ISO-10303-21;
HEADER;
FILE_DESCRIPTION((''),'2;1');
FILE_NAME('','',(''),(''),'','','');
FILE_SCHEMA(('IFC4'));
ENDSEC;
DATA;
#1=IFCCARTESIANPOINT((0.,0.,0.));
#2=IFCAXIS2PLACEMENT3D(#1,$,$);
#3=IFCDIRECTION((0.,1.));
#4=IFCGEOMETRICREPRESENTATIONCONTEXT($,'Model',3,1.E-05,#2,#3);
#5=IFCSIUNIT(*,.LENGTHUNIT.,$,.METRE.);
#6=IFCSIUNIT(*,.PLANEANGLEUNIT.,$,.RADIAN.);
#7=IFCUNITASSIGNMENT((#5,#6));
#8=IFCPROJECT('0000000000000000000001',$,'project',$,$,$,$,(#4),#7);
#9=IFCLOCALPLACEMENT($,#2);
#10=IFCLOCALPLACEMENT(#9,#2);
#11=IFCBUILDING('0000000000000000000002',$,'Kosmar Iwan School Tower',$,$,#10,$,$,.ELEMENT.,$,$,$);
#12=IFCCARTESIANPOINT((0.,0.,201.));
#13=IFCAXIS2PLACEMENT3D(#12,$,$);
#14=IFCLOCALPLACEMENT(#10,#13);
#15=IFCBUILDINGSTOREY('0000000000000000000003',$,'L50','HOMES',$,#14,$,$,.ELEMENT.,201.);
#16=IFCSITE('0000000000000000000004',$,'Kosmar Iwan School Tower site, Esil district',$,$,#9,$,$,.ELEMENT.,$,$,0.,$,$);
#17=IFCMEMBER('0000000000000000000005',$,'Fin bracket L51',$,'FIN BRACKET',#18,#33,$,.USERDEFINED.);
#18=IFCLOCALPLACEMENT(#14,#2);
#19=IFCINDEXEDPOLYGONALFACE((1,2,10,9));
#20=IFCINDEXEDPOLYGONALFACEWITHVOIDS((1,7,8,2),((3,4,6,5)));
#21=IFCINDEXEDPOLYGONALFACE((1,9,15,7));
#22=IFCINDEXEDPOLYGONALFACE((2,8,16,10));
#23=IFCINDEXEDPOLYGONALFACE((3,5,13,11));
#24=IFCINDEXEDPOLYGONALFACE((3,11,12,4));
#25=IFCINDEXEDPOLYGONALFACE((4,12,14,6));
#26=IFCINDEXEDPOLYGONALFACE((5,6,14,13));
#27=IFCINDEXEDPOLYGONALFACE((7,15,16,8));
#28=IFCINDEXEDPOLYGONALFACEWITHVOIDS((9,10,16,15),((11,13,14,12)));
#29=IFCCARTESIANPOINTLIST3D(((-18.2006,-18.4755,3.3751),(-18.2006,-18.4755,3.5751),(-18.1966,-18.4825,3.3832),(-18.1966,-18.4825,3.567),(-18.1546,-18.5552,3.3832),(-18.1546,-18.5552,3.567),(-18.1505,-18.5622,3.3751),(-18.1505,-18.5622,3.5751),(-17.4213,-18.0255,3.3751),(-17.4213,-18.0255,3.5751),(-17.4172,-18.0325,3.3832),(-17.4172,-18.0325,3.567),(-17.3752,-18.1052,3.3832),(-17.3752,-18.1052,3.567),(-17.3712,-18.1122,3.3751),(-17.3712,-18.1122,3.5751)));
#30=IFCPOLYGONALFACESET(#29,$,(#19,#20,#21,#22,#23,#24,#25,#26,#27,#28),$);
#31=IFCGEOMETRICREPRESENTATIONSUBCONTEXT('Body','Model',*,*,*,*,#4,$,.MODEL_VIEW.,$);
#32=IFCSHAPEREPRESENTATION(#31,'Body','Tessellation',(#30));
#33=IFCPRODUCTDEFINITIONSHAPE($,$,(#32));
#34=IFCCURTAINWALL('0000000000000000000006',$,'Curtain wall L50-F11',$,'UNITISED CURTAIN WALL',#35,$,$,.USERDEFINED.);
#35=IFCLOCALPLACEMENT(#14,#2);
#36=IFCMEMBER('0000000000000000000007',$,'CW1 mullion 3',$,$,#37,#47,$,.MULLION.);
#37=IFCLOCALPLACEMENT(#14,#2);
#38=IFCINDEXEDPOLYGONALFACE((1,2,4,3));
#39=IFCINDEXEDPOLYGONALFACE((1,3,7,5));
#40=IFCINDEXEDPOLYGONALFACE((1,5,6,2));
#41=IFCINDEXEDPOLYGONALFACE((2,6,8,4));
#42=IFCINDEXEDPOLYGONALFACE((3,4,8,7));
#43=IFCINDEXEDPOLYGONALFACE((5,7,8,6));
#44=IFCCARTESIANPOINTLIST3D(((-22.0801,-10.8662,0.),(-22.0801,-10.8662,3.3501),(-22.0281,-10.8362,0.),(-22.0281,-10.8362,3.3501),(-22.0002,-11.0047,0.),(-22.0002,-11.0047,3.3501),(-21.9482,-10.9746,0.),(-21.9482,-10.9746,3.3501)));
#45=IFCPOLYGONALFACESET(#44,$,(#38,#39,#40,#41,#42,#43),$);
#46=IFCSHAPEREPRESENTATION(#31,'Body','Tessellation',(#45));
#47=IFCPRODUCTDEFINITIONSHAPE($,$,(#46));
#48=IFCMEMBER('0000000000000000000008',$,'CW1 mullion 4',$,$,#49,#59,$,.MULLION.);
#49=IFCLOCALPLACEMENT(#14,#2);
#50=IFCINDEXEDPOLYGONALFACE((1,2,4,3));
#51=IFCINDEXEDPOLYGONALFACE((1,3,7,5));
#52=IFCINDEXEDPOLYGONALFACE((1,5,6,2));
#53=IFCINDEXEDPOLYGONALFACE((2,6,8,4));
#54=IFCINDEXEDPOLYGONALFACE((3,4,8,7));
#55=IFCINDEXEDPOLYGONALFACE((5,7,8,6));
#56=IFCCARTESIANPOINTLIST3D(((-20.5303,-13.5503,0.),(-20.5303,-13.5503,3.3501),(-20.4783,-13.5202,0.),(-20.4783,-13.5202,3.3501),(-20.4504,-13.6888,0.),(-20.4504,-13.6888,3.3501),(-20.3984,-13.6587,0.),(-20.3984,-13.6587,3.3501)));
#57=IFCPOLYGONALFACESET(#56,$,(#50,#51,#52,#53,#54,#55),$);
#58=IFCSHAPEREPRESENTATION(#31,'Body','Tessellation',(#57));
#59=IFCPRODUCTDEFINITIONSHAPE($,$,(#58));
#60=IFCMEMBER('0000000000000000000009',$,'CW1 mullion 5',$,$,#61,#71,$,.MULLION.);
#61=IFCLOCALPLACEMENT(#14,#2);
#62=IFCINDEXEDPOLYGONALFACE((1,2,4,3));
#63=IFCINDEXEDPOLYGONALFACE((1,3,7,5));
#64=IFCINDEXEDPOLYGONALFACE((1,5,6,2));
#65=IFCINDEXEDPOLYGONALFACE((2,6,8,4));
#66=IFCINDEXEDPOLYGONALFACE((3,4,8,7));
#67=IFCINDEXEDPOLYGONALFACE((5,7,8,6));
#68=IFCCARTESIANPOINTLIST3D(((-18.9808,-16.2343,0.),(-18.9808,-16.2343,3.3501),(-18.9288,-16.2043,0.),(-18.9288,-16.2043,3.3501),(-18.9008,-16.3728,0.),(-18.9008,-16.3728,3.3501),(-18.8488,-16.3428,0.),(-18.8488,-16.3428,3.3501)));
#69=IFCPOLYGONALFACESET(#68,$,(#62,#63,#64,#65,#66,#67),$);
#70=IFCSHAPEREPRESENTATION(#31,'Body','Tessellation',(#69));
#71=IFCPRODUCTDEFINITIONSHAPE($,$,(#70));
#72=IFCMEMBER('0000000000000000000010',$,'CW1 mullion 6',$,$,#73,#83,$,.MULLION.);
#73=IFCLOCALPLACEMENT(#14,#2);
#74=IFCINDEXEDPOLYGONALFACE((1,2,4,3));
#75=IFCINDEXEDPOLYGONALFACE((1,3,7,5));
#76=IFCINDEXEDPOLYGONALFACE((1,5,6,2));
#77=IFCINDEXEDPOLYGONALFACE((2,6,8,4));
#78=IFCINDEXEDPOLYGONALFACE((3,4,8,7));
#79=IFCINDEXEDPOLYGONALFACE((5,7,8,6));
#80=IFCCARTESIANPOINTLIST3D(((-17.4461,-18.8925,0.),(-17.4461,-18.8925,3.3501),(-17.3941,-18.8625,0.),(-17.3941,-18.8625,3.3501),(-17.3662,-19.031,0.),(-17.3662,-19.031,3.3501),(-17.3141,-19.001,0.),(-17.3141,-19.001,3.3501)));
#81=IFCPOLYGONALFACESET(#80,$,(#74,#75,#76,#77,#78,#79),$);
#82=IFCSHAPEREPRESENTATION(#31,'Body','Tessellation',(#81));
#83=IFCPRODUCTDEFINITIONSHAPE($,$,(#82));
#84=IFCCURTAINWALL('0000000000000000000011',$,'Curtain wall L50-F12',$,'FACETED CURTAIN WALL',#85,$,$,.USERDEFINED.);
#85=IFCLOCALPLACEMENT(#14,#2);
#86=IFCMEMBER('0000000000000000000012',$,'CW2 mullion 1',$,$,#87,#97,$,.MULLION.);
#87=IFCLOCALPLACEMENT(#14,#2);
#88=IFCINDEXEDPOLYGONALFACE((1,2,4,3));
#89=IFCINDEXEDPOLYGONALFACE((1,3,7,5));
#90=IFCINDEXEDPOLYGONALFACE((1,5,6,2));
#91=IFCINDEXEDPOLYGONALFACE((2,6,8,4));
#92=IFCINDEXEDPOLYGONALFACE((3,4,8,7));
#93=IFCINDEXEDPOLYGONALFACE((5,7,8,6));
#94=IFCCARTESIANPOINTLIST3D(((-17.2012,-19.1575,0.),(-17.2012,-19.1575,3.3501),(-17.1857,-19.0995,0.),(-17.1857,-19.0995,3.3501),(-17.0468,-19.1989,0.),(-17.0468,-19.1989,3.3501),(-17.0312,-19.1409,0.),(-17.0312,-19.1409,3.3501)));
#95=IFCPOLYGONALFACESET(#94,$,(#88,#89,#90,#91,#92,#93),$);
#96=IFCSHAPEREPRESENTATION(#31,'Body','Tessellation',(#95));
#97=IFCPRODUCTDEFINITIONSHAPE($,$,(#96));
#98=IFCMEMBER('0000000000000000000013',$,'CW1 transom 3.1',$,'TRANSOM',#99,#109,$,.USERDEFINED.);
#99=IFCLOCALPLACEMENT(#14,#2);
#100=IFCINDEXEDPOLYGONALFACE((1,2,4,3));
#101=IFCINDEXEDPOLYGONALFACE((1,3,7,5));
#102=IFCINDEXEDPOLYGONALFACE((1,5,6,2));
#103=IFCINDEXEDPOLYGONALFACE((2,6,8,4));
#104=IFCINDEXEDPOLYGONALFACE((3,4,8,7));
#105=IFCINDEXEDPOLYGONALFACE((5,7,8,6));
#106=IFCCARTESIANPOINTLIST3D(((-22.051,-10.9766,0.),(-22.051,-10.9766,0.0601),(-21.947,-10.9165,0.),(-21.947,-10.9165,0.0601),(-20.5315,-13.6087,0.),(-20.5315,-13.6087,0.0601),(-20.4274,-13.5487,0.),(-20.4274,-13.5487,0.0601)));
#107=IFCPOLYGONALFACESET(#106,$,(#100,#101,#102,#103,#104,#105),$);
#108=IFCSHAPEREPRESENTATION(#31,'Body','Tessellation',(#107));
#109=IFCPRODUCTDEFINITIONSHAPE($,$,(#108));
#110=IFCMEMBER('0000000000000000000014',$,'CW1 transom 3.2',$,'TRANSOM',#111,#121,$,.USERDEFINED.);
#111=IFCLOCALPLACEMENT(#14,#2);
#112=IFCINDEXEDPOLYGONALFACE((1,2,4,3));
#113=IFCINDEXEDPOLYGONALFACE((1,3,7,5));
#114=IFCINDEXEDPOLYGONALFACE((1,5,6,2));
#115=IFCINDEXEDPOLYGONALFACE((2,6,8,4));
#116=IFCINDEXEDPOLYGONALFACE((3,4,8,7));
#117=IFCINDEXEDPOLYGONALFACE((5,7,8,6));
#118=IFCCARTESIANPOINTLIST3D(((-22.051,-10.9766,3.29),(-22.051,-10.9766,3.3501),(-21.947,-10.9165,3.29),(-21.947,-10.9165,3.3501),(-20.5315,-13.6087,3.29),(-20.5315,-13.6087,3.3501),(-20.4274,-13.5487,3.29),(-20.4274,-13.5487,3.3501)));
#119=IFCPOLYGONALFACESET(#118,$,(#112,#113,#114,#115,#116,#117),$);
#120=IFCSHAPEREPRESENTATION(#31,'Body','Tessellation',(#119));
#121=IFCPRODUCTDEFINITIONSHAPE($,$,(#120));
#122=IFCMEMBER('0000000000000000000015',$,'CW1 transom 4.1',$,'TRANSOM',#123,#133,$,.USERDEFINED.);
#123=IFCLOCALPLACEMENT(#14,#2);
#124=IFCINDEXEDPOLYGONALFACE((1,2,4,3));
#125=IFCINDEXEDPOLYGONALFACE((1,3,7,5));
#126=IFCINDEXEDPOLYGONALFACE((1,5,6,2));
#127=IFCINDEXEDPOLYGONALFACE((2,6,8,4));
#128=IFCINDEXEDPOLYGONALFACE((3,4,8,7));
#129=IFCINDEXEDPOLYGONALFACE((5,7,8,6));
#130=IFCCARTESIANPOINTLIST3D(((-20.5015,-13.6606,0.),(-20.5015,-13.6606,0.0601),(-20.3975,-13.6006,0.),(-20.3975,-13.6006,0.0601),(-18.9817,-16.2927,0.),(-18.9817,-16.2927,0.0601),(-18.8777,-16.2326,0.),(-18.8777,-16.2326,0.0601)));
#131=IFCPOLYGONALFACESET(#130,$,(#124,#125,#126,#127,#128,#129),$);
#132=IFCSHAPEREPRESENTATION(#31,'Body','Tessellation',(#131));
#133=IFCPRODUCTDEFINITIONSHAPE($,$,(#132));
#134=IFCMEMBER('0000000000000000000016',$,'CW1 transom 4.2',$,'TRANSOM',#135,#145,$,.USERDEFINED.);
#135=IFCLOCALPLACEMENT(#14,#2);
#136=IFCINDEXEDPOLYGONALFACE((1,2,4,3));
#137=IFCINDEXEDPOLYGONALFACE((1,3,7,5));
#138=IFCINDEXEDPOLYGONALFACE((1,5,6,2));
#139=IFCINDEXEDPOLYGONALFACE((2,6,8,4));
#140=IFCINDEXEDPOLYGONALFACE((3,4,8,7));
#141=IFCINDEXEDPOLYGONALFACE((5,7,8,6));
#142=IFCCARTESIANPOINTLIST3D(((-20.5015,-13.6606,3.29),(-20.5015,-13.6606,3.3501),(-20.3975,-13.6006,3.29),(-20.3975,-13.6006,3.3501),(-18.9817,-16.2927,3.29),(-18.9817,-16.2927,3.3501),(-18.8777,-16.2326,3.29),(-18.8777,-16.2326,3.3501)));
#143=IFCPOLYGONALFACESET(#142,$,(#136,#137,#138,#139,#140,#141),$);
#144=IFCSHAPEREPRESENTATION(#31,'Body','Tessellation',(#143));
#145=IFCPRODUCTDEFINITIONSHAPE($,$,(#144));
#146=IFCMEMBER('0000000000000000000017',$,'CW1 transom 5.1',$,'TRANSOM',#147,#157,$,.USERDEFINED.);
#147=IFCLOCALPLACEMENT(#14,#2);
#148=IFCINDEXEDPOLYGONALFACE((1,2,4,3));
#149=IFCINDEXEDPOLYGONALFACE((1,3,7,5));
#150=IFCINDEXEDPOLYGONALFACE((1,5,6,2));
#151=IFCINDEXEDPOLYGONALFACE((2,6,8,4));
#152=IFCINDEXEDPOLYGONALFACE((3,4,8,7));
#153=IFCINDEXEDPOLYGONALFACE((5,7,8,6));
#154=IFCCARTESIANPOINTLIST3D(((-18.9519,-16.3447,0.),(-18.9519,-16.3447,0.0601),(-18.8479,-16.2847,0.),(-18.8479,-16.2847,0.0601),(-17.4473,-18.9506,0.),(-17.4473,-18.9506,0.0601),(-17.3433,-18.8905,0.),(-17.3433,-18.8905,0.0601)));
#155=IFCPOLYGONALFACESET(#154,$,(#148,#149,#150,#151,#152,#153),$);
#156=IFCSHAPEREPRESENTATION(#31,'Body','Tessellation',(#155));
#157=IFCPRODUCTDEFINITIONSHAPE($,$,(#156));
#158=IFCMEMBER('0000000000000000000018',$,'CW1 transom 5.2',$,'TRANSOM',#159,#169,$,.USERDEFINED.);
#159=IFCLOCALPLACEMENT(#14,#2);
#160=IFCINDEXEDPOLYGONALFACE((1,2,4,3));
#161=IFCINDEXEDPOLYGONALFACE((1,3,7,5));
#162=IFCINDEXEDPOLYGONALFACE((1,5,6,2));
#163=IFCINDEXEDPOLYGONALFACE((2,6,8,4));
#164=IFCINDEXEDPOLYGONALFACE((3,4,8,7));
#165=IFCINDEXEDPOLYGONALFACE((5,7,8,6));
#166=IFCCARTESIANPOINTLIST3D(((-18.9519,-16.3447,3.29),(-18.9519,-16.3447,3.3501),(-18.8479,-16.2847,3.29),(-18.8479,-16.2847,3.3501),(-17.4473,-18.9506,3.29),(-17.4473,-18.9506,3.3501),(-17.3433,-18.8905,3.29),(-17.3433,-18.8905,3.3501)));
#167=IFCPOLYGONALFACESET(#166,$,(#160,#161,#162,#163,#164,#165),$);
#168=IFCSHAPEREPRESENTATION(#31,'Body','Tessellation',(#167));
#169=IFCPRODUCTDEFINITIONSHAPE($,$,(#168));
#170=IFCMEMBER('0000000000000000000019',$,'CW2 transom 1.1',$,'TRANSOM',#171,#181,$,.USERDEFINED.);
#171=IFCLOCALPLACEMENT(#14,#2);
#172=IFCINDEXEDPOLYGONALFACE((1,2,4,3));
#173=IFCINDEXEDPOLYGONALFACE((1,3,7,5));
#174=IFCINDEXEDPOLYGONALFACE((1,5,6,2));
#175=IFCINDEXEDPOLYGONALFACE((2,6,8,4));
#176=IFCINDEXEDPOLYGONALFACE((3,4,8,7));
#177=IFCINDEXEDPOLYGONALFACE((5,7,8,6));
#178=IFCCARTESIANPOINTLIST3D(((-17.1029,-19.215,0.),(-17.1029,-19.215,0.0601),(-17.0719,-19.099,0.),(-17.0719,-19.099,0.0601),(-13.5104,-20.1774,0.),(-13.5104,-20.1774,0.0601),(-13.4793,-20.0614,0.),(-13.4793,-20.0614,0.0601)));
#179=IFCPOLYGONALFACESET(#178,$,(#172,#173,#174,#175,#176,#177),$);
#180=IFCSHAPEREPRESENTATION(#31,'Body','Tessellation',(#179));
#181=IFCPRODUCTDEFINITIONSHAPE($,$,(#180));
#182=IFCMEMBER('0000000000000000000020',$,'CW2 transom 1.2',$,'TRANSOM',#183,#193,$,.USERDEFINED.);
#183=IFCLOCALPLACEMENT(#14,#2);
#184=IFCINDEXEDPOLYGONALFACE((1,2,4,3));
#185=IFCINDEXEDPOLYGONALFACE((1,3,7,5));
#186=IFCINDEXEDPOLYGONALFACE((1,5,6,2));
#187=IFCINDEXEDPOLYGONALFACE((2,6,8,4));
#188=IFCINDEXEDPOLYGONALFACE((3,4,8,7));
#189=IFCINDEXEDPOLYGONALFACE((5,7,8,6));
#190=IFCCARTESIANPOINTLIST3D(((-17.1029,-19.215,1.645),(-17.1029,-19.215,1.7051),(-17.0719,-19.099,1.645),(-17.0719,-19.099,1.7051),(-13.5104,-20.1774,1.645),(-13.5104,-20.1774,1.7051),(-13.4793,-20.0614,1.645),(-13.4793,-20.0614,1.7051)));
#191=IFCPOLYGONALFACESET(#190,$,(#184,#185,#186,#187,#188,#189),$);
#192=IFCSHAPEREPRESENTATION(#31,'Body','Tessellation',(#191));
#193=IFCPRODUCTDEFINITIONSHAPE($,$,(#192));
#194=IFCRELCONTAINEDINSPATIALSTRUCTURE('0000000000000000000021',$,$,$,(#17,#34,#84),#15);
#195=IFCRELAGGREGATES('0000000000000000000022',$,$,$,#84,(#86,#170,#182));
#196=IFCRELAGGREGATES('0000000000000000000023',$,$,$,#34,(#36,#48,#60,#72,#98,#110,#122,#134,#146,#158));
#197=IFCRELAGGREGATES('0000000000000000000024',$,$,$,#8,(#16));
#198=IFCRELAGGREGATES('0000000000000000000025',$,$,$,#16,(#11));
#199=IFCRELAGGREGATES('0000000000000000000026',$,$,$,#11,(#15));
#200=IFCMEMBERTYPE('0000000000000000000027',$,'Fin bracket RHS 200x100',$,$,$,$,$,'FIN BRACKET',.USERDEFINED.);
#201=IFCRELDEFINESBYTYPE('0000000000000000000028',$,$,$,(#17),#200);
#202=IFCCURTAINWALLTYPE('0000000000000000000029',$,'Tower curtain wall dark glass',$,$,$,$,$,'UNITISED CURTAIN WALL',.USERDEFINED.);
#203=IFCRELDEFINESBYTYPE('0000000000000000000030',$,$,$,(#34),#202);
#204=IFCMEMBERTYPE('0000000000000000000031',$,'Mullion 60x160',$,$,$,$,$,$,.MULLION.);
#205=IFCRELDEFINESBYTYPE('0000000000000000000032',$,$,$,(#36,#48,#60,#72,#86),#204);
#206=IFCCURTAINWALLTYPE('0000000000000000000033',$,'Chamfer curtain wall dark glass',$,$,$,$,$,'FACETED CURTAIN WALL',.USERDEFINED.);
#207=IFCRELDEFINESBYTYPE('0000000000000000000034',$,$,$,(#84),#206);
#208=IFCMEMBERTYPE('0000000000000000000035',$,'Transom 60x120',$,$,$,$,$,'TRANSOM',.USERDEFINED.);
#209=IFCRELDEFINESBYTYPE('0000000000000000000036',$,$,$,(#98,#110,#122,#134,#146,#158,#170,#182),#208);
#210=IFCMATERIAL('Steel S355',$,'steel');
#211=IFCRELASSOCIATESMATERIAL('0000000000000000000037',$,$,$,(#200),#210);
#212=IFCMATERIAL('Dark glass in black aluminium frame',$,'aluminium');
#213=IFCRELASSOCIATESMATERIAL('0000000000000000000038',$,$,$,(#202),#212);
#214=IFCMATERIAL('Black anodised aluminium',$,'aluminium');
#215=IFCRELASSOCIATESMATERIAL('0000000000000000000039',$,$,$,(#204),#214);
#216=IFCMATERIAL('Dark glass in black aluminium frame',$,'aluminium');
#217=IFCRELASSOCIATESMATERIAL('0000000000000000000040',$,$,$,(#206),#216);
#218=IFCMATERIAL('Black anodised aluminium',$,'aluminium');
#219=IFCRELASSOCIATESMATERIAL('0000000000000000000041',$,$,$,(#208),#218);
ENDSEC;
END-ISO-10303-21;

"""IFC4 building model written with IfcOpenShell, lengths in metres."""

from ifc_helpers import new_model, si_unit, direction, frame, origin, origin_2d, place, context, subcontext, project, spatial, rectangle, hollow_rectangle, extrude, material, material_profile, profile_set, type_object, element, aggregate, save


model = new_model("IFC4")

# Units and contexts
model_context = context("Model", 3, precision=1e-05, world=origin(), true_north=direction((0.0, 1.0)))
body_context = subcontext(model_context, "Body", "Model", "MODEL_VIEW")
ifc_project = project(units=[si_unit("LENGTHUNIT", "METRE"), si_unit("PLANEANGLEUNIT", "RADIAN")], contexts=[model_context])

# Site, building, storey
site_placement = place(None, origin())
site = spatial("IfcSite", under=ifc_project, at=site_placement, Name="Kosmar Iwan School Tower site, Esil district", CompositionType="ELEMENT", RefElevation=0.0)
building_placement = place(site_placement, origin())
building = spatial("IfcBuilding", under=site, at=building_placement, Name="Kosmar Iwan School Tower", CompositionType="ELEMENT")
storey_placement = place(building_placement, frame((0.0, 0.0, 201.0)))
storey = spatial("IfcBuildingStorey", under=building, at=storey_placement, Name="L50", Description="HOMES", CompositionType="ELEMENT", Elevation=201.0)

# Member
ifc_material_1 = material(Name="Steel S355", Category="steel")
ifc_material_profile_1 = material_profile(ifc_material_1, hollow_rectangle(XDim=0.1001, YDim=0.2, WallThickness=0.0081, at=origin_2d()), Name="RHS 200x100x8")
ifc_profile_set_1 = profile_set([ifc_material_profile_1], Name="Steel S355")
member_type_1 = type_object("IfcMemberType", Name="Fin bracket RHS 200x100", ElementType="FIN BRACKET", PredefinedType="USERDEFINED", material=ifc_profile_set_1)
member_1_placement = place(storey_placement, frame((-17.3962, -18.0688, 3.4751), z_axis=(-0.866014, -0.50002, 0.0), x_axis=(0.50002, -0.866014, 0.0)))
element("IfcMember", 1, at=member_1_placement, inside=storey, type_object=member_type_1, Name="Fin bracket L51", ObjectType="FIN BRACKET", PredefinedType="USERDEFINED", context=body_context, shape_type="SweptSolid", body=[
    extrude(hollow_rectangle(XDim=0.1001, YDim=0.2, WallThickness=0.0081, at=origin_2d()), origin(), (0.0, 0.0, 1.0), 0.8999),
])

# Curtain wall, members
ifc_material_2 = material(Name="Dark glass in black aluminium frame", Category="aluminium")
curtain_wall_type_1 = type_object("IfcCurtainWallType", Name="Tower curtain wall dark glass", ElementType="UNITISED CURTAIN WALL", PredefinedType="USERDEFINED", material=ifc_material_2)
curtain_wall_1_placement = place(storey_placement, origin())
curtain_wall_1 = element("IfcCurtainWall", 2, at=curtain_wall_1_placement, inside=storey, type_object=curtain_wall_type_1, Name="Curtain wall L50-F11", ObjectType="UNITISED CURTAIN WALL", PredefinedType="USERDEFINED")
ifc_material_3 = material(Name="Black anodised aluminium", Category="aluminium")
ifc_material_profile_2 = material_profile(ifc_material_3, rectangle(XDim=0.0601, YDim=0.1599, at=origin_2d()), Name="MULLION 60x160")
ifc_profile_set_2 = profile_set([ifc_material_profile_2], Name="Black anodised aluminium")
member_type_2 = type_object("IfcMemberType", Name="Mullion 60x160", PredefinedType="MULLION", material=ifc_profile_set_2)
member_2_placement = place(storey_placement, frame((-22.0142, -10.9204, 0.0), z_axis=(0.0, 0.0, 1.0), x_axis=(0.866025, 0.5, 0.0)))
member_2 = element("IfcMember", 3, at=member_2_placement, type_object=member_type_2, Name="CW1 mullion 3", PredefinedType="MULLION", context=body_context, shape_type="SweptSolid", body=[
    extrude(rectangle(XDim=0.0601, YDim=0.1599, at=origin_2d()), origin(), (0.0, 0.0, 1.0), 3.3501),
])
member_3_placement = place(storey_placement, frame((-20.4644, -13.6045, 0.0), z_axis=(0.0, 0.0, 1.0), x_axis=(0.866025, 0.5, 0.0)))
member_3 = element("IfcMember", 4, at=member_3_placement, type_object=member_type_2, Name="CW1 mullion 4", PredefinedType="MULLION", context=body_context, shape_type="SweptSolid", body=[
    extrude(rectangle(XDim=0.0601, YDim=0.1599, at=origin_2d()), origin(), (0.0, 0.0, 1.0), 3.3501),
])
member_4_placement = place(storey_placement, frame((-18.9148, -16.2886, 0.0), z_axis=(0.0, 0.0, 1.0), x_axis=(0.866025, 0.5, 0.0)))
member_4 = element("IfcMember", 5, at=member_4_placement, type_object=member_type_2, Name="CW1 mullion 5", PredefinedType="MULLION", context=body_context, shape_type="SweptSolid", body=[
    extrude(rectangle(XDim=0.0601, YDim=0.1599, at=origin_2d()), origin(), (0.0, 0.0, 1.0), 3.3501),
])
member_5_placement = place(storey_placement, frame((-17.3801, -18.9468, 0.0), z_axis=(0.0, 0.0, 1.0), x_axis=(0.866025, 0.5, 0.0)))
member_5 = element("IfcMember", 6, at=member_5_placement, type_object=member_type_2, Name="CW1 mullion 6", PredefinedType="MULLION", context=body_context, shape_type="SweptSolid", body=[
    extrude(rectangle(XDim=0.0601, YDim=0.1599, at=origin_2d()), origin(), (0.0, 0.0, 1.0), 3.3501),
])

# Curtain wall, member
ifc_material_4 = material(Name="Dark glass in black aluminium frame", Category="aluminium")
curtain_wall_type_2 = type_object("IfcCurtainWallType", Name="Chamfer curtain wall dark glass", ElementType="FACETED CURTAIN WALL", PredefinedType="USERDEFINED", material=ifc_material_4)
curtain_wall_2_placement = place(storey_placement, origin())
curtain_wall_2 = element("IfcCurtainWall", 7, at=curtain_wall_2_placement, inside=storey, type_object=curtain_wall_type_2, Name="Curtain wall L50-F12", ObjectType="FACETED CURTAIN WALL", PredefinedType="USERDEFINED")
member_6_placement = place(storey_placement, frame((-17.1162, -19.1492, 0.0), z_axis=(0.0, 0.0, 1.0), x_axis=(0.258819, 0.965926, 0.0)))
member_6 = element("IfcMember", 8, at=member_6_placement, type_object=member_type_2, Name="CW2 mullion 1", PredefinedType="MULLION", context=body_context, shape_type="SweptSolid", body=[
    extrude(rectangle(XDim=0.0601, YDim=0.1599, at=origin_2d()), origin(), (0.0, 0.0, 1.0), 3.3501),
])

# Members
ifc_material_5 = material(Name="Black anodised aluminium", Category="aluminium")
ifc_material_profile_3 = material_profile(ifc_material_5, rectangle(XDim=0.1201, YDim=0.0601, at=origin_2d()), Name="TRANSOM 60x120")
ifc_profile_set_3 = profile_set([ifc_material_profile_3], Name="Black anodised aluminium")
member_type_3 = type_object("IfcMemberType", Name="Transom 60x120", ElementType="TRANSOM", PredefinedType="USERDEFINED", material=ifc_profile_set_3)
member_7_placement = place(storey_placement, frame((-21.999, -10.9465, 0.03), z_axis=(0.499975, -0.86604, 0.0), x_axis=(0.86604, 0.499975, 0.0)))
member_7 = element("IfcMember", 9, at=member_7_placement, type_object=member_type_3, Name="CW1 transom 3.1", ObjectType="TRANSOM", PredefinedType="USERDEFINED", context=body_context, shape_type="SweptSolid", body=[
    extrude(rectangle(XDim=0.1201, YDim=0.0601, at=origin_2d()), origin(), (0.0, 0.0, 1.0), 3.0393),
])
member_8_placement = place(storey_placement, frame((-21.999, -10.9465, 3.3201), z_axis=(0.499975, -0.86604, 0.0), x_axis=(0.86604, 0.499975, 0.0)))
member_8 = element("IfcMember", 10, at=member_8_placement, type_object=member_type_3, Name="CW1 transom 3.2", ObjectType="TRANSOM", PredefinedType="USERDEFINED", context=body_context, shape_type="SweptSolid", body=[
    extrude(rectangle(XDim=0.1201, YDim=0.0601, at=origin_2d()), origin(), (0.0, 0.0, 1.0), 3.0393),
])
member_9_placement = place(storey_placement, frame((-20.4495, -13.6306, 0.03), z_axis=(0.500035, -0.866005, 0.0), x_axis=(0.866005, 0.500035, 0.0)))
member_9 = element("IfcMember", 11, at=member_9_placement, type_object=member_type_3, Name="CW1 transom 4.1", ObjectType="TRANSOM", PredefinedType="USERDEFINED", context=body_context, shape_type="SweptSolid", body=[
    extrude(rectangle(XDim=0.1201, YDim=0.0601, at=origin_2d()), origin(), (0.0, 0.0, 1.0), 3.0393),
])
member_10_placement = place(storey_placement, frame((-20.4495, -13.6306, 3.3201), z_axis=(0.500035, -0.866005, 0.0), x_axis=(0.866005, 0.500035, 0.0)))
member_10 = element("IfcMember", 12, at=member_10_placement, type_object=member_type_3, Name="CW1 transom 4.2", ObjectType="TRANSOM", PredefinedType="USERDEFINED", context=body_context, shape_type="SweptSolid", body=[
    extrude(rectangle(XDim=0.1201, YDim=0.0601, at=origin_2d()), origin(), (0.0, 0.0, 1.0), 3.0393),
])
member_11_placement = place(storey_placement, frame((-18.8999, -16.3147, 0.03), z_axis=(0.500022, -0.866013, 0.0), x_axis=(0.866013, 0.500022, 0.0)))
member_11 = element("IfcMember", 13, at=member_11_placement, type_object=member_type_3, Name="CW1 transom 5.1", ObjectType="TRANSOM", PredefinedType="USERDEFINED", context=body_context, shape_type="SweptSolid", body=[
    extrude(rectangle(XDim=0.1201, YDim=0.0601, at=origin_2d()), origin(), (0.0, 0.0, 1.0), 3.009),
])
member_12_placement = place(storey_placement, frame((-18.8999, -16.3147, 3.3201), z_axis=(0.500022, -0.866013, 0.0), x_axis=(0.866013, 0.500022, 0.0)))
member_12 = element("IfcMember", 14, at=member_12_placement, type_object=member_type_3, Name="CW1 transom 5.2", ObjectType="TRANSOM", PredefinedType="USERDEFINED", context=body_context, shape_type="SweptSolid", body=[
    extrude(rectangle(XDim=0.1201, YDim=0.0601, at=origin_2d()), origin(), (0.0, 0.0, 1.0), 3.009),
])
member_13_placement = place(storey_placement, frame((-17.0874, -19.157, 0.03), z_axis=(0.96594, -0.258766, 0.0), x_axis=(0.258766, 0.96594, 0.0)))
member_13 = element("IfcMember", 15, at=member_13_placement, type_object=member_type_3, Name="CW2 transom 1.1", ObjectType="TRANSOM", PredefinedType="USERDEFINED", context=body_context, shape_type="SweptSolid", body=[
    extrude(rectangle(XDim=0.1201, YDim=0.0601, at=origin_2d()), origin(), (0.0, 0.0, 1.0), 3.7192),
])
member_14_placement = place(storey_placement, frame((-17.0874, -19.157, 1.675), z_axis=(0.96594, -0.258766, 0.0), x_axis=(0.258766, 0.96594, 0.0)))
member_14 = element("IfcMember", 16, at=member_14_placement, type_object=member_type_3, Name="CW2 transom 1.2", ObjectType="TRANSOM", PredefinedType="USERDEFINED", context=body_context, shape_type="SweptSolid", body=[
    extrude(rectangle(XDim=0.1201, YDim=0.0601, at=origin_2d()), origin(), (0.0, 0.0, 1.0), 3.7192),
])
aggregate(curtain_wall_2, [member_6, member_13, member_14])

aggregate(curtain_wall_1, [member_2, member_3, member_4, member_5, member_7, member_8, member_9, member_10, member_11, member_12])

save(model, "model.ifc")
